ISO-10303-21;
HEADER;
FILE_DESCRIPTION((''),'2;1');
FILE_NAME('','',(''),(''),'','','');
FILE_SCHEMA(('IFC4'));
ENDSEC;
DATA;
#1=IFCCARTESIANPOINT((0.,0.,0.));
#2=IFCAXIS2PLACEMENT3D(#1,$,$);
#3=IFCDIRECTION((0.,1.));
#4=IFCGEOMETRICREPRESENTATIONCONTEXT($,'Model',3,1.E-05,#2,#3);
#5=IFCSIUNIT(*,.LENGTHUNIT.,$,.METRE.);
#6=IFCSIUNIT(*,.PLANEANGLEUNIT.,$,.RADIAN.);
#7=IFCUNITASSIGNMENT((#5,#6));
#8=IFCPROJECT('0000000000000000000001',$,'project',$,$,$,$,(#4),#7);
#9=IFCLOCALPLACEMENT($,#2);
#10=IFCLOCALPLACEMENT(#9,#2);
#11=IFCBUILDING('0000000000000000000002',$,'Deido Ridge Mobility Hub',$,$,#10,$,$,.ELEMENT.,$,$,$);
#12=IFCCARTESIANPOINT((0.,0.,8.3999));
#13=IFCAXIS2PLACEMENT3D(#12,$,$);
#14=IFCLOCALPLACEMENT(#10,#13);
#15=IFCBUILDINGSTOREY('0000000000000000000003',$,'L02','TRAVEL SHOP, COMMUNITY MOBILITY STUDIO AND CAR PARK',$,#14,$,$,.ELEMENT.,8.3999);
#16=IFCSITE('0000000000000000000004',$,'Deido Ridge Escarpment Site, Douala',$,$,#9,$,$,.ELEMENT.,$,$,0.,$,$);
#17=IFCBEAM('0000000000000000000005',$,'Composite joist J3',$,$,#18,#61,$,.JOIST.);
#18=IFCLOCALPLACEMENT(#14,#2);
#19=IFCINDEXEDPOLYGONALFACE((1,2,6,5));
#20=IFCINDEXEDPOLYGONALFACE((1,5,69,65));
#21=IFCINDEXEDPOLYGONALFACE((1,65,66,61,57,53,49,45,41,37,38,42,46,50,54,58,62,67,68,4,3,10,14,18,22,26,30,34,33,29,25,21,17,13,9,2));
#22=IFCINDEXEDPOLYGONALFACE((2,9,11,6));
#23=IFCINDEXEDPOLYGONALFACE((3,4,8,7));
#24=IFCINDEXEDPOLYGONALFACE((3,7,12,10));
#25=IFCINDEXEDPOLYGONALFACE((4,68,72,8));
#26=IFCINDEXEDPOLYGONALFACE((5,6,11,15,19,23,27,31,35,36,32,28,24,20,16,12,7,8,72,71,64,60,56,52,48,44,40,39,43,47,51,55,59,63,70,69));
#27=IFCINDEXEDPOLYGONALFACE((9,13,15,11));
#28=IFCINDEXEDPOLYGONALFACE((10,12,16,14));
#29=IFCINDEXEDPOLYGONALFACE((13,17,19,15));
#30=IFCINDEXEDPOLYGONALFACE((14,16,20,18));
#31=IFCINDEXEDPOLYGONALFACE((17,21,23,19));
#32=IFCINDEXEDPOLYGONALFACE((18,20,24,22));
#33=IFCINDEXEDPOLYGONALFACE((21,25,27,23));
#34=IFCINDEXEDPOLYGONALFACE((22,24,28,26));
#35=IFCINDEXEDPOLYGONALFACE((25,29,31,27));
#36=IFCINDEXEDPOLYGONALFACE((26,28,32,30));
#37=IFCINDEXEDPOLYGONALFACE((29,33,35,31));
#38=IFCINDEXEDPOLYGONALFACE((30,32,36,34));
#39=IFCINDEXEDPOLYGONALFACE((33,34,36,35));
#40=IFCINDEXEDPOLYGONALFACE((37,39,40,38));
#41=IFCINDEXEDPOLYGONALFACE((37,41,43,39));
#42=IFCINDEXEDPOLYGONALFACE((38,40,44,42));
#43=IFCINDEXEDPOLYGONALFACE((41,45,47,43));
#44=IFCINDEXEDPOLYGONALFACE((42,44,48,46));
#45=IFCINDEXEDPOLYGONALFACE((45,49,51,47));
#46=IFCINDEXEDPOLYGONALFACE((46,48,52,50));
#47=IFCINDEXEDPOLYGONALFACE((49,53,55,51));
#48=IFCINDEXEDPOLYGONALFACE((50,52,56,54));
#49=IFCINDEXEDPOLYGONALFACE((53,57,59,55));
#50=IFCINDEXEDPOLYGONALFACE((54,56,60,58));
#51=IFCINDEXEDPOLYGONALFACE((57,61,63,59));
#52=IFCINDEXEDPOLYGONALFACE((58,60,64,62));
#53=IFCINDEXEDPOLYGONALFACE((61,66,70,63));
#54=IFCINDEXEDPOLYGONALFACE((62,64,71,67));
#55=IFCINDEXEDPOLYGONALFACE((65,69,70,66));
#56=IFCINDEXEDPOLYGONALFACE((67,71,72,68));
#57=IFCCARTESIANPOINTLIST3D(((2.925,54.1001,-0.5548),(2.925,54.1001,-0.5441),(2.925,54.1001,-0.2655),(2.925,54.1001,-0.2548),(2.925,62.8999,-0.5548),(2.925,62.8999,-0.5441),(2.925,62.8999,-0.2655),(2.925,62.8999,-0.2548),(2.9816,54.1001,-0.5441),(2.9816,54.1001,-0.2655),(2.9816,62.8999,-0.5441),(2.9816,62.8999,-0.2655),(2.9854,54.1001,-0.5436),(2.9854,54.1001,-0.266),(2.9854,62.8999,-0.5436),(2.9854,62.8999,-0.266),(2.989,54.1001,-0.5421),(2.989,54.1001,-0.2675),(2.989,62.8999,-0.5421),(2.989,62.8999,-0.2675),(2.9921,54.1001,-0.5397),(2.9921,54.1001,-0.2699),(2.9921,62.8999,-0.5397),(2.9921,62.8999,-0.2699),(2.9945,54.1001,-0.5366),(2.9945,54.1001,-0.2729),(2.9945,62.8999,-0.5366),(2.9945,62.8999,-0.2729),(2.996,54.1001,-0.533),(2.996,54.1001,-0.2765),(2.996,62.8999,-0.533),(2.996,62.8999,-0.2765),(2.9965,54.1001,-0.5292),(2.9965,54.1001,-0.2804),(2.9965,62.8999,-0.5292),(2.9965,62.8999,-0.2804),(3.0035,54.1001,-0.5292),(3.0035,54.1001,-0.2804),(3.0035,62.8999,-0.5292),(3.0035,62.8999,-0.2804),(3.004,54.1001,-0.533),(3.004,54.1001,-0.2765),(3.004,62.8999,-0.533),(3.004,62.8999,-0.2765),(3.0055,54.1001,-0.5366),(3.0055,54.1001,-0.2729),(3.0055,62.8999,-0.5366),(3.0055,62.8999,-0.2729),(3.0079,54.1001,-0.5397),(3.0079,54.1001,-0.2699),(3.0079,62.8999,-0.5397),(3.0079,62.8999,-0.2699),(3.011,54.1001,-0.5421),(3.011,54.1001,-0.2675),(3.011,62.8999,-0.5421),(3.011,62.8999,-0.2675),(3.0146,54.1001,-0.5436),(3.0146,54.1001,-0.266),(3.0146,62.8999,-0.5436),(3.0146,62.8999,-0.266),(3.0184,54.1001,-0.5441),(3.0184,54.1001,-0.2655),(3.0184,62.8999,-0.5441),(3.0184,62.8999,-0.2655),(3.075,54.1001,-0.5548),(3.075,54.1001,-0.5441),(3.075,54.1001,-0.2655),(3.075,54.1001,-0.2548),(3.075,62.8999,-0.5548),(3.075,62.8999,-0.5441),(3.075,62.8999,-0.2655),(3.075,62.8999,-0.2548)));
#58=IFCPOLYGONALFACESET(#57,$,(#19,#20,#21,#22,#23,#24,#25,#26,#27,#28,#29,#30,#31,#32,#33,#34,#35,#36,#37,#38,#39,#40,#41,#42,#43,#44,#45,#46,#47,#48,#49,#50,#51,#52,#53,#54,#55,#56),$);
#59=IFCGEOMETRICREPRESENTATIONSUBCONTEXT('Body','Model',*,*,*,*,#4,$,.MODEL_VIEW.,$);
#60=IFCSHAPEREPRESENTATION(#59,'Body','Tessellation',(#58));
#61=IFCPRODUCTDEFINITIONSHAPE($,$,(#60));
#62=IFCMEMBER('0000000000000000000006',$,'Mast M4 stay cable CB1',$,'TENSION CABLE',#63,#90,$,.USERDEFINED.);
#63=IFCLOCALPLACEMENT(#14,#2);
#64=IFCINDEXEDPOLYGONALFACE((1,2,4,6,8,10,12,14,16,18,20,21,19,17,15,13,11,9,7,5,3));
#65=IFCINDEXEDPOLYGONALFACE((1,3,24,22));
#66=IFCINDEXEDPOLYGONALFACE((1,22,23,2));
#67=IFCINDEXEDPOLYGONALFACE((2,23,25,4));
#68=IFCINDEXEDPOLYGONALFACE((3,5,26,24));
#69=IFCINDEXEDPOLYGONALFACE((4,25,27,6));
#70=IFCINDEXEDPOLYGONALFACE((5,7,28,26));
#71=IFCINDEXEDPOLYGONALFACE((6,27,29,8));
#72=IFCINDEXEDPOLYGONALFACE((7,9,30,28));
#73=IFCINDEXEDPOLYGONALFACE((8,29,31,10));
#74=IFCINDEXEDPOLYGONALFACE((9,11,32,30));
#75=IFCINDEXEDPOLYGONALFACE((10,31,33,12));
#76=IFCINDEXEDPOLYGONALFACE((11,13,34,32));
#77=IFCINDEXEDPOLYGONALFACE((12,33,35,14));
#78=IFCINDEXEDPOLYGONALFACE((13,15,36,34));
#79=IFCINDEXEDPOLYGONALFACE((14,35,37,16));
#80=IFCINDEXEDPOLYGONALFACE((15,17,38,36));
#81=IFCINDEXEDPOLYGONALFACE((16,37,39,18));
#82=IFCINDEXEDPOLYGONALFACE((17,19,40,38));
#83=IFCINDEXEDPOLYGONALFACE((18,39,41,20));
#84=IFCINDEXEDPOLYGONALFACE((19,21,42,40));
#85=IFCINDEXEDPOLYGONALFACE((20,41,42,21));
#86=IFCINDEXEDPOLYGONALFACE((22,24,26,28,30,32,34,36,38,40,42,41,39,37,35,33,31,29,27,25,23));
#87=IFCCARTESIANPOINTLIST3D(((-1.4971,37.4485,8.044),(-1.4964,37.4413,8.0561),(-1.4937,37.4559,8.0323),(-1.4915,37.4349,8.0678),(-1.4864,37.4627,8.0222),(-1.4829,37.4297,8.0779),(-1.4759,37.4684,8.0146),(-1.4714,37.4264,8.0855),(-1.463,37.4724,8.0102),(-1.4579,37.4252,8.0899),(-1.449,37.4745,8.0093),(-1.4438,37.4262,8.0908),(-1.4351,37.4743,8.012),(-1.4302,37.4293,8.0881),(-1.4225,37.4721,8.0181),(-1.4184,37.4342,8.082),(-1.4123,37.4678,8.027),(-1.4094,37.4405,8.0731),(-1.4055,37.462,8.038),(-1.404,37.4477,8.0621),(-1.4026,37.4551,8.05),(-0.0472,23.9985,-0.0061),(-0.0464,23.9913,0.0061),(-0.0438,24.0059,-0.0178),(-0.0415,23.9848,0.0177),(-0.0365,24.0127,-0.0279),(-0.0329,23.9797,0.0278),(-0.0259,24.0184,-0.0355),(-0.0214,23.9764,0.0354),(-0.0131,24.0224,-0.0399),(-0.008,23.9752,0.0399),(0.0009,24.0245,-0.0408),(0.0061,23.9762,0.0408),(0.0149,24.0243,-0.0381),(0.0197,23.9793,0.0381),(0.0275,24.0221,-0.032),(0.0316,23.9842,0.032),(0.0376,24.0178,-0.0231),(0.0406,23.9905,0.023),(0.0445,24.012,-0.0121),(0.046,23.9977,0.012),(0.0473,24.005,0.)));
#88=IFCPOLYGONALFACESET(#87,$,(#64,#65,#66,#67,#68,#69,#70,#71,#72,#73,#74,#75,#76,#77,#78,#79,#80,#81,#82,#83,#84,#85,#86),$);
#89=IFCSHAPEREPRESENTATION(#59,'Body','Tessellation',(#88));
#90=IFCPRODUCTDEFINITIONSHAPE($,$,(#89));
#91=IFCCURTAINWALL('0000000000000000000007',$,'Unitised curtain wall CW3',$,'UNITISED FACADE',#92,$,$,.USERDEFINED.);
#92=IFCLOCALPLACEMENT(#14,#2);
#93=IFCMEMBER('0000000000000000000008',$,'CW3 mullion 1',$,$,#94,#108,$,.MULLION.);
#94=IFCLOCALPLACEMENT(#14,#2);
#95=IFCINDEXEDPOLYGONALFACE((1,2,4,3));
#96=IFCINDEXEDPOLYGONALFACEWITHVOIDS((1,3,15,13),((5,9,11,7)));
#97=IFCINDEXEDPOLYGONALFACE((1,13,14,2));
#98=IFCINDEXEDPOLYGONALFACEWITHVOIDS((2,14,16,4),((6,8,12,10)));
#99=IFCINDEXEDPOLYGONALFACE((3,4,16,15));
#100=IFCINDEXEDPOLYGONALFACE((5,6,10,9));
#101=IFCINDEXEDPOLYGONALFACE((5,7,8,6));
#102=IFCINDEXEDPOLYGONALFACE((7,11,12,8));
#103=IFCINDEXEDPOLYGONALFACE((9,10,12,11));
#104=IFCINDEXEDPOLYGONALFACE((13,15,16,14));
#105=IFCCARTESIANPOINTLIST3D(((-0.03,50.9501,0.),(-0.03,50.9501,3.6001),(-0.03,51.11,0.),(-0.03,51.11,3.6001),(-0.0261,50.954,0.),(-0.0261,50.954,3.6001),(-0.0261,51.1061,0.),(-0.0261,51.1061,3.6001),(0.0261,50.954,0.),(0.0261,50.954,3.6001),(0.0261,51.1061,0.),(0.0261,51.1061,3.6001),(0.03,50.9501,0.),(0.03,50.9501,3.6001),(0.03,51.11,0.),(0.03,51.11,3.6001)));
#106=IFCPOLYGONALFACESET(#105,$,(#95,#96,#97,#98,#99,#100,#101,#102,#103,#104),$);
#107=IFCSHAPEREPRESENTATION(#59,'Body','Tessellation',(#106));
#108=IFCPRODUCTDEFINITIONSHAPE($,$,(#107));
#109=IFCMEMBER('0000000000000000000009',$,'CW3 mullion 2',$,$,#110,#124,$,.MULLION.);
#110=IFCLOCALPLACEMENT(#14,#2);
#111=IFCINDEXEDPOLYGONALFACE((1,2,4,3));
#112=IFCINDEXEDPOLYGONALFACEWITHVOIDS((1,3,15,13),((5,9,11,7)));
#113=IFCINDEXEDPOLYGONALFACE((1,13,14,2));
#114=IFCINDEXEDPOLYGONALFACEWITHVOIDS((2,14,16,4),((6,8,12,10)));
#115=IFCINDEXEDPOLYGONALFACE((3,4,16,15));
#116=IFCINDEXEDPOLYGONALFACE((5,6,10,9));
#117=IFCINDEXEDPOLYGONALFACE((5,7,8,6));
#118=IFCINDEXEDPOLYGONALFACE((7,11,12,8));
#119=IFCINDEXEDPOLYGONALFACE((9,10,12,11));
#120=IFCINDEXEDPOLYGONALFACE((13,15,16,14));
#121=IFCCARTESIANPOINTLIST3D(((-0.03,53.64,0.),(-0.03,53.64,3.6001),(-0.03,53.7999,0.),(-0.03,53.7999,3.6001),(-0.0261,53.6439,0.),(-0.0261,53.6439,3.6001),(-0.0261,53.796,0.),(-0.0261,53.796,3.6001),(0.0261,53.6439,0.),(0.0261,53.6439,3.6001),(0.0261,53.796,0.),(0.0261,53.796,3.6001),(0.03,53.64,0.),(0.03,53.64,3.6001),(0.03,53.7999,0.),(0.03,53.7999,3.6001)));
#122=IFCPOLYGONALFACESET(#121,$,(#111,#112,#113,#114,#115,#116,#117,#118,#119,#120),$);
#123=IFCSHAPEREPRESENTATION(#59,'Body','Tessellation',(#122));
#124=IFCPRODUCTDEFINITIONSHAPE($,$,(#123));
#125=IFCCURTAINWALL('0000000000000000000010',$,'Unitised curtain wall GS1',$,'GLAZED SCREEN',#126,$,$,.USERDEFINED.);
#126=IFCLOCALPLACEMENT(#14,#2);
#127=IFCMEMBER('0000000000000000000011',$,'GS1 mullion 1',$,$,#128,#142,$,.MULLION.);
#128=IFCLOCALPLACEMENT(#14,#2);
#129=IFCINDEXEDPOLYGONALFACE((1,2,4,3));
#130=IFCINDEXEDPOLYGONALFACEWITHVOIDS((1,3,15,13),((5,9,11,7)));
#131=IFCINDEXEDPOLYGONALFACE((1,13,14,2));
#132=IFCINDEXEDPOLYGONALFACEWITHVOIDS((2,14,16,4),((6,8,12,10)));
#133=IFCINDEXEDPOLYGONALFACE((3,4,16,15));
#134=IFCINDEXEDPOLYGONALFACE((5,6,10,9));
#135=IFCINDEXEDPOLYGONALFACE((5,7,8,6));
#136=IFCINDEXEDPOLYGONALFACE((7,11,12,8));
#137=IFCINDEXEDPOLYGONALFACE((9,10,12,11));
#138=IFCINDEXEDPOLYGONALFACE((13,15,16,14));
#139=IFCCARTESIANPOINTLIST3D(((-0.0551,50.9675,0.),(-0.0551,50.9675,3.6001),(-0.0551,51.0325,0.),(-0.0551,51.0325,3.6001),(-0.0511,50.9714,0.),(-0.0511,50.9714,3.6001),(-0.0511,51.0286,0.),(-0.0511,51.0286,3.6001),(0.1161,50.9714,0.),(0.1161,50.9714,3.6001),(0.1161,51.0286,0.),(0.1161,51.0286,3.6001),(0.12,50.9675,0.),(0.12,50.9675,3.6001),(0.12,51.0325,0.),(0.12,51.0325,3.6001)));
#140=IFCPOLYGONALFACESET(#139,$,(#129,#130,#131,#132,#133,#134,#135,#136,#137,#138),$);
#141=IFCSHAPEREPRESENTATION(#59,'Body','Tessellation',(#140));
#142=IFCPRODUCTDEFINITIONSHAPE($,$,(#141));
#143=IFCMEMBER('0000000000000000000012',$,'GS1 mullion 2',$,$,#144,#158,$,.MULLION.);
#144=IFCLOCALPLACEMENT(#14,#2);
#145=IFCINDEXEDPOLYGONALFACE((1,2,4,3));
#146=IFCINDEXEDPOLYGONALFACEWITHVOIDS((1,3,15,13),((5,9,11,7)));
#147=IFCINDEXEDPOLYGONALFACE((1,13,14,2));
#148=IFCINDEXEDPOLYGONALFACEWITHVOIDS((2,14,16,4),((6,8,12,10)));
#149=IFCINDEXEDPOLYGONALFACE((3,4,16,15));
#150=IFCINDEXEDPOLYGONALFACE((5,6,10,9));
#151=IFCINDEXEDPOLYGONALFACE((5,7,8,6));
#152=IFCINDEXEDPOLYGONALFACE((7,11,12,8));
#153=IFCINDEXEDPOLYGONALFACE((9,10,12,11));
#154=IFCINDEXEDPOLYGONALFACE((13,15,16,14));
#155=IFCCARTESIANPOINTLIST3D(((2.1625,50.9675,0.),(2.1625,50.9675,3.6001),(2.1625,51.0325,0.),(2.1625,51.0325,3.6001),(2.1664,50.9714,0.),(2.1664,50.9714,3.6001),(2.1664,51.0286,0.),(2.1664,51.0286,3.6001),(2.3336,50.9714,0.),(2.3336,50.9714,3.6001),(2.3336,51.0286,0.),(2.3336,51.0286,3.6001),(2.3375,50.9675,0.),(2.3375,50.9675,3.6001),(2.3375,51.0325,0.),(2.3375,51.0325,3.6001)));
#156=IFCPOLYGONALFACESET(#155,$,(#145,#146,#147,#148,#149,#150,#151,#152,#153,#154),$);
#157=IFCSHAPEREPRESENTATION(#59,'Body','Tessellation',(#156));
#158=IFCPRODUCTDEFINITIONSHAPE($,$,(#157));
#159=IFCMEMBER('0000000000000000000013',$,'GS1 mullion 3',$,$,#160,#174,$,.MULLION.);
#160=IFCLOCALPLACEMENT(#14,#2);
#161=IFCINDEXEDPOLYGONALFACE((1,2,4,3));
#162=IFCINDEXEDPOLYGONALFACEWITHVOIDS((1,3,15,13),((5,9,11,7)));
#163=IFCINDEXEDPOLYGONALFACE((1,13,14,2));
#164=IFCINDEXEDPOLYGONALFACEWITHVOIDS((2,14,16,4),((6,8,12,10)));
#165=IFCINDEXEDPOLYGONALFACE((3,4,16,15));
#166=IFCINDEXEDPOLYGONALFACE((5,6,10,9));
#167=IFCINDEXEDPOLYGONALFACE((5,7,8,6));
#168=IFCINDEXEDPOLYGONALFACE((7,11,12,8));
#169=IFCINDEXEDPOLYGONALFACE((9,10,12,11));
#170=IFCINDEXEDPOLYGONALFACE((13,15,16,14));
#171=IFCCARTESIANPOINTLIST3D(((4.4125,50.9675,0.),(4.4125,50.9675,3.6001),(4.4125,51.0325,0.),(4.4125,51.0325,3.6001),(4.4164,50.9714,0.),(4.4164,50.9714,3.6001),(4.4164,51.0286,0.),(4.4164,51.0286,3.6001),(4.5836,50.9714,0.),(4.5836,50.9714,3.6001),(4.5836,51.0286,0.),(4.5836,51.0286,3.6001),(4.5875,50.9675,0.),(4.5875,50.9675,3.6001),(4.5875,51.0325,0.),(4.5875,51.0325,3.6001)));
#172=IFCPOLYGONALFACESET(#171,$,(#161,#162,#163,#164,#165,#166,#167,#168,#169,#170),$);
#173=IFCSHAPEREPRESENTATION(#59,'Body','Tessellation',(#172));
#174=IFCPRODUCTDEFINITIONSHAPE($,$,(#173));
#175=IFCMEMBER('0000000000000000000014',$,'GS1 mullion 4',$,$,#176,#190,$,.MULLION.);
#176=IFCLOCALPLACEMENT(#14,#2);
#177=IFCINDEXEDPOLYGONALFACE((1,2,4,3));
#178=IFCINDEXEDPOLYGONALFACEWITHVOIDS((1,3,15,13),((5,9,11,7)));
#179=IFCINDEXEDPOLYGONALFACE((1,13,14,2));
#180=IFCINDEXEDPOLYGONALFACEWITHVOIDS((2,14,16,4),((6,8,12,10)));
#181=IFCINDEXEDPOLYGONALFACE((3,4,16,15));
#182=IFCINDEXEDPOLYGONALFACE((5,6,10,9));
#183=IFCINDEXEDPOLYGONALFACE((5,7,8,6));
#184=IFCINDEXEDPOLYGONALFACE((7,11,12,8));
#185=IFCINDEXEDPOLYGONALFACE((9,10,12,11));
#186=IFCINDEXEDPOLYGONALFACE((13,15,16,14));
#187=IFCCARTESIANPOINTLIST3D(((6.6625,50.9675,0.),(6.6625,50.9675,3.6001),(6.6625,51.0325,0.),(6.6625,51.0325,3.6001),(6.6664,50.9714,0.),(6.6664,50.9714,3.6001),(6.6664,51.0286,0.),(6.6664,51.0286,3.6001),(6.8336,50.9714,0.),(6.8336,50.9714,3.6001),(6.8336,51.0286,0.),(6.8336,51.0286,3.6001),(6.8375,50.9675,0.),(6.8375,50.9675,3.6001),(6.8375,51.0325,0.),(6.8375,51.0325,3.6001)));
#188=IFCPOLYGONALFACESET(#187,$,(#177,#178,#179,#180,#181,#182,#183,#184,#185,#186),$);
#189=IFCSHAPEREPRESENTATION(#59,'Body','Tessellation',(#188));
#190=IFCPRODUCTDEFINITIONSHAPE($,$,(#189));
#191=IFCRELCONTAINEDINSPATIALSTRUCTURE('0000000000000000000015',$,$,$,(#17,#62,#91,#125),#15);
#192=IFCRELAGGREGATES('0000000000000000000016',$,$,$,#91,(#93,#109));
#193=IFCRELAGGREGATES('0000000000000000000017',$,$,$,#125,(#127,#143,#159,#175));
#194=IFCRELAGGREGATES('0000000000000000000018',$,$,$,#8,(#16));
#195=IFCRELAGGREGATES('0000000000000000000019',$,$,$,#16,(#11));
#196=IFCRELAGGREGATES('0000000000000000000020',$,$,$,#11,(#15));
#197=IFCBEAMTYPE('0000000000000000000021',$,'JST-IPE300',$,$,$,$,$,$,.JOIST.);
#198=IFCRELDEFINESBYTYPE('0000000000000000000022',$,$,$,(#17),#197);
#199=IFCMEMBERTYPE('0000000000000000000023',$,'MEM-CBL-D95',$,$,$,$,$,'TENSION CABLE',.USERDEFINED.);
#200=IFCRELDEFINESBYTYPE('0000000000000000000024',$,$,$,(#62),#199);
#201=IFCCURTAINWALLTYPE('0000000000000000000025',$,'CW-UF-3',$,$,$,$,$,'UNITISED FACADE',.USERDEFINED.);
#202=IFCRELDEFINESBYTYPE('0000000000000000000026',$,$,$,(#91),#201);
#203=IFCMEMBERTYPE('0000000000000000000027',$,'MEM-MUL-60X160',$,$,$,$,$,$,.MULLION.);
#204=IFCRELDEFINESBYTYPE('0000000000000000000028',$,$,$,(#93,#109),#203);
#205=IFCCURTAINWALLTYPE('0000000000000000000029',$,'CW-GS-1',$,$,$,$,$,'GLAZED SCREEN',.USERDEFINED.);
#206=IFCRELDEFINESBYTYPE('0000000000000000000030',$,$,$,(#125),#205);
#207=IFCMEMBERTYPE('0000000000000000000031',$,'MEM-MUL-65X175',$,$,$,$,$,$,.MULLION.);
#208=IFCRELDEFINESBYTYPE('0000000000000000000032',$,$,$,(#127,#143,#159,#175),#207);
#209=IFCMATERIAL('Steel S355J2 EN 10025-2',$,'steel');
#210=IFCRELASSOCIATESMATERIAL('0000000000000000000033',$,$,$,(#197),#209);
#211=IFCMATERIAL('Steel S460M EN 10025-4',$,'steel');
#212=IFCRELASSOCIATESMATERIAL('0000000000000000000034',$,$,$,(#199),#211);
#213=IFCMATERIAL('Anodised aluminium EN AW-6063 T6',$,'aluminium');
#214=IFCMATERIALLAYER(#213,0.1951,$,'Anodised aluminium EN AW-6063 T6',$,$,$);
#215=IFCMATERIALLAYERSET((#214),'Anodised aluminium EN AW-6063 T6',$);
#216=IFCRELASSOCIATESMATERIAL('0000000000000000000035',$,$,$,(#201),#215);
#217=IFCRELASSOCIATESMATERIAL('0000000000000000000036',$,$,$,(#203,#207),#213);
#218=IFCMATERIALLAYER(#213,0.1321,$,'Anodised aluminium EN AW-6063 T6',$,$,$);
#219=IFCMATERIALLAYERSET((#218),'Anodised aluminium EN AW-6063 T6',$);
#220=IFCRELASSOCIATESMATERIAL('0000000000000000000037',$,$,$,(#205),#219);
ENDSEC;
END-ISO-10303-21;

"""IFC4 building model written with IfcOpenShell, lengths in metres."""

from ifc_helpers import new_model, si_unit, direction, frame, origin, origin_2d, place, context, subcontext, project, spatial, hollow_rectangle, circle, i_section, extrude, material, layer, layer_set, material_profile, profile_set, type_object, element, aggregate, save


model = new_model("IFC4")

# Units and contexts
model_context = context("Model", 3, precision=1e-05, world=origin(), true_north=direction((0.0, 1.0)))
body_context = subcontext(model_context, "Body", "Model", "MODEL_VIEW")
ifc_project = project(units=[si_unit("LENGTHUNIT", "METRE"), si_unit("PLANEANGLEUNIT", "RADIAN")], contexts=[model_context])

# Site, building, storey
site_placement = place(None, origin())
site = spatial("IfcSite", under=ifc_project, at=site_placement, Name="Deido Ridge Escarpment Site, Douala", CompositionType="ELEMENT", RefElevation=0.0)
building_placement = place(site_placement, origin())
building = spatial("IfcBuilding", under=site, at=building_placement, Name="Deido Ridge Mobility Hub", CompositionType="ELEMENT")
storey_placement = place(building_placement, frame((0.0, 0.0, 8.3999)))
storey = spatial("IfcBuildingStorey", under=building, at=storey_placement, Name="L02", Description="TRAVEL SHOP, COMMUNITY MOBILITY STUDIO AND CAR PARK", CompositionType="ELEMENT", Elevation=8.3999)

# Shared definitions
ifc_material_1 = material(Name="Steel S355J2 EN 10025-2", Category="steel")

# Beam
ifc_material_profile_1 = material_profile(ifc_material_1, i_section(OverallWidth=0.1499, OverallDepth=0.3, WebThickness=0.0071, FlangeThickness=0.0107, FilletRadius=0.0149, at=origin_2d()), Name="IPE 300")
ifc_profile_set_1 = profile_set([ifc_material_profile_1], Name="Steel S355J2 EN 10025-2")
beam_type_1 = type_object("IfcBeamType", Name="JST-IPE300", PredefinedType="JOIST", material=ifc_profile_set_1)
beam_1_placement = place(storey_placement, frame((3.0, 54.1001, -0.4048), z_axis=(0.0, 1.0, 0.0), x_axis=(-1.0, 0.0, 0.0)))
element("IfcBeam", 1, at=beam_1_placement, inside=storey, type_object=beam_type_1, Name="Composite joist J3", PredefinedType="JOIST", context=body_context, shape_type="SweptSolid", body=[
    extrude(i_section(OverallWidth=0.1499, OverallDepth=0.3, WebThickness=0.0071, FlangeThickness=0.0107, FilletRadius=0.0149, at=origin_2d()), origin(), (0.0, 0.0, 1.0), 8.7998),
])

# Member
ifc_material_2 = material(Name="Steel S460M EN 10025-4", Category="steel")
ifc_material_profile_2 = material_profile(ifc_material_2, circle(Radius=0.0476, at=origin_2d()), Name="CABLE D95")
ifc_profile_set_2 = profile_set([ifc_material_profile_2], Name="Steel S460M EN 10025-4")
member_type_1 = type_object("IfcMemberType", Name="MEM-CBL-D95", ElementType="TENSION CABLE", PredefinedType="USERDEFINED", material=ifc_profile_set_2)
member_1_placement = place(storey_placement, frame((-1.45, 37.45, 8.05), z_axis=(0.092108, -0.854406, -0.511378), x_axis=(0.994239, 0.107182, 0.0)))
element("IfcMember", 2, at=member_1_placement, inside=storey, type_object=member_type_1, Name="Mast M4 stay cable CB1", ObjectType="TENSION CABLE", PredefinedType="USERDEFINED", context=body_context, shape_type="SweptSolid", body=[
    extrude(circle(Radius=0.0476, at=origin_2d()), origin(), (0.0, 0.0, 1.0), 15.7419),
])

# Curtain walls, members
ifc_material_3 = material(Name="Anodised aluminium EN AW-6063 T6", Category="aluminium")
ifc_layer_1 = layer(ifc_material_3, 0.1951, Name="Anodised aluminium EN AW-6063 T6")
ifc_layer_set_1 = layer_set([ifc_layer_1], Name="Anodised aluminium EN AW-6063 T6")
curtain_wall_type_1 = type_object("IfcCurtainWallType", Name="CW-UF-3", ElementType="UNITISED FACADE", PredefinedType="USERDEFINED", material=ifc_layer_set_1)
curtain_wall_1_placement = place(storey_placement, origin())
curtain_wall_1 = element("IfcCurtainWall", 3, at=curtain_wall_1_placement, inside=storey, type_object=curtain_wall_type_1, Name="Unitised curtain wall CW3", ObjectType="UNITISED FACADE", PredefinedType="USERDEFINED")
ifc_material_profile_3 = material_profile(ifc_material_3, hollow_rectangle(XDim=0.0601, YDim=0.1599, WallThickness=0.0039, at=origin_2d()), Name="RHS 60x160x4")
ifc_profile_set_3 = profile_set([ifc_material_profile_3], Name="Anodised aluminium EN AW-6063 T6")
member_type_2 = type_object("IfcMemberType", Name="MEM-MUL-60X160", PredefinedType="MULLION", material=ifc_profile_set_3)
member_2_placement = place(storey_placement, frame((0.0, 51.03, 0.0), z_axis=(0.0, 0.0, 1.0), x_axis=(-1.0, 0.0, 0.0)))
member_2 = element("IfcMember", 4, at=member_2_placement, type_object=member_type_2, Name="CW3 mullion 1", PredefinedType="MULLION", context=body_context, shape_type="SweptSolid", body=[
    extrude(hollow_rectangle(XDim=0.0601, YDim=0.1599, WallThickness=0.0039, at=origin_2d()), origin(), (0.0, 0.0, 1.0), 3.6001),
])
member_3_placement = place(storey_placement, frame((0.0, 53.72, 0.0), z_axis=(0.0, 0.0, 1.0), x_axis=(-1.0, 0.0, 0.0)))
member_3 = element("IfcMember", 5, at=member_3_placement, type_object=member_type_2, Name="CW3 mullion 2", PredefinedType="MULLION", context=body_context, shape_type="SweptSolid", body=[
    extrude(hollow_rectangle(XDim=0.0601, YDim=0.1599, WallThickness=0.0039, at=origin_2d()), origin(), (0.0, 0.0, 1.0), 3.6001),
])
ifc_layer_2 = layer(ifc_material_3, 0.1321, Name="Anodised aluminium EN AW-6063 T6")
ifc_layer_set_2 = layer_set([ifc_layer_2], Name="Anodised aluminium EN AW-6063 T6")
curtain_wall_type_2 = type_object("IfcCurtainWallType", Name="CW-GS-1", ElementType="GLAZED SCREEN", PredefinedType="USERDEFINED", material=ifc_layer_set_2)
curtain_wall_2_placement = place(storey_placement, origin())
curtain_wall_2 = element("IfcCurtainWall", 6, at=curtain_wall_2_placement, inside=storey, type_object=curtain_wall_type_2, Name="Unitised curtain wall GS1", ObjectType="GLAZED SCREEN", PredefinedType="USERDEFINED")
ifc_material_profile_4 = material_profile(ifc_material_3, hollow_rectangle(XDim=0.0649, YDim=0.175, WallThickness=0.0039, at=origin_2d()), Name="RHS 65x175x4")
ifc_profile_set_4 = profile_set([ifc_material_profile_4], Name="Anodised aluminium EN AW-6063 T6")
member_type_3 = type_object("IfcMemberType", Name="MEM-MUL-65X175", PredefinedType="MULLION", material=ifc_profile_set_4)
member_4_placement = place(storey_placement, frame((0.0325, 51.0, 0.0), z_axis=(0.0, 0.0, 1.0), x_axis=(0.0, 1.0, 0.0)))
member_4 = element("IfcMember", 7, at=member_4_placement, type_object=member_type_3, Name="GS1 mullion 1", PredefinedType="MULLION", context=body_context, shape_type="SweptSolid", body=[
    extrude(hollow_rectangle(XDim=0.0649, YDim=0.175, WallThickness=0.0039, at=origin_2d()), origin(), (0.0, 0.0, 1.0), 3.6001),
])
member_5_placement = place(storey_placement, frame((2.25, 51.0, 0.0), z_axis=(0.0, 0.0, 1.0), x_axis=(0.0, 1.0, 0.0)))
member_5 = element("IfcMember", 8, at=member_5_placement, type_object=member_type_3, Name="GS1 mullion 2", PredefinedType="MULLION", context=body_context, shape_type="SweptSolid", body=[
    extrude(hollow_rectangle(XDim=0.0649, YDim=0.175, WallThickness=0.0039, at=origin_2d()), origin(), (0.0, 0.0, 1.0), 3.6001),
])
member_6_placement = place(storey_placement, frame((4.5, 51.0, 0.0), z_axis=(0.0, 0.0, 1.0), x_axis=(0.0, 1.0, 0.0)))
member_6 = element("IfcMember", 9, at=member_6_placement, type_object=member_type_3, Name="GS1 mullion 3", PredefinedType="MULLION", context=body_context, shape_type="SweptSolid", body=[
    extrude(hollow_rectangle(XDim=0.0649, YDim=0.175, WallThickness=0.0039, at=origin_2d()), origin(), (0.0, 0.0, 1.0), 3.6001),
])
member_7_placement = place(storey_placement, frame((6.75, 51.0, 0.0), z_axis=(0.0, 0.0, 1.0), x_axis=(0.0, 1.0, 0.0)))
member_7 = element("IfcMember", 10, at=member_7_placement, type_object=member_type_3, Name="GS1 mullion 4", PredefinedType="MULLION", context=body_context, shape_type="SweptSolid", body=[
    extrude(hollow_rectangle(XDim=0.0649, YDim=0.175, WallThickness=0.0039, at=origin_2d()), origin(), (0.0, 0.0, 1.0), 3.6001),
])

aggregate(curtain_wall_1, [member_2, member_3])
aggregate(curtain_wall_2, [member_4, member_5, member_6, member_7])

save(model, "model.ifc")
